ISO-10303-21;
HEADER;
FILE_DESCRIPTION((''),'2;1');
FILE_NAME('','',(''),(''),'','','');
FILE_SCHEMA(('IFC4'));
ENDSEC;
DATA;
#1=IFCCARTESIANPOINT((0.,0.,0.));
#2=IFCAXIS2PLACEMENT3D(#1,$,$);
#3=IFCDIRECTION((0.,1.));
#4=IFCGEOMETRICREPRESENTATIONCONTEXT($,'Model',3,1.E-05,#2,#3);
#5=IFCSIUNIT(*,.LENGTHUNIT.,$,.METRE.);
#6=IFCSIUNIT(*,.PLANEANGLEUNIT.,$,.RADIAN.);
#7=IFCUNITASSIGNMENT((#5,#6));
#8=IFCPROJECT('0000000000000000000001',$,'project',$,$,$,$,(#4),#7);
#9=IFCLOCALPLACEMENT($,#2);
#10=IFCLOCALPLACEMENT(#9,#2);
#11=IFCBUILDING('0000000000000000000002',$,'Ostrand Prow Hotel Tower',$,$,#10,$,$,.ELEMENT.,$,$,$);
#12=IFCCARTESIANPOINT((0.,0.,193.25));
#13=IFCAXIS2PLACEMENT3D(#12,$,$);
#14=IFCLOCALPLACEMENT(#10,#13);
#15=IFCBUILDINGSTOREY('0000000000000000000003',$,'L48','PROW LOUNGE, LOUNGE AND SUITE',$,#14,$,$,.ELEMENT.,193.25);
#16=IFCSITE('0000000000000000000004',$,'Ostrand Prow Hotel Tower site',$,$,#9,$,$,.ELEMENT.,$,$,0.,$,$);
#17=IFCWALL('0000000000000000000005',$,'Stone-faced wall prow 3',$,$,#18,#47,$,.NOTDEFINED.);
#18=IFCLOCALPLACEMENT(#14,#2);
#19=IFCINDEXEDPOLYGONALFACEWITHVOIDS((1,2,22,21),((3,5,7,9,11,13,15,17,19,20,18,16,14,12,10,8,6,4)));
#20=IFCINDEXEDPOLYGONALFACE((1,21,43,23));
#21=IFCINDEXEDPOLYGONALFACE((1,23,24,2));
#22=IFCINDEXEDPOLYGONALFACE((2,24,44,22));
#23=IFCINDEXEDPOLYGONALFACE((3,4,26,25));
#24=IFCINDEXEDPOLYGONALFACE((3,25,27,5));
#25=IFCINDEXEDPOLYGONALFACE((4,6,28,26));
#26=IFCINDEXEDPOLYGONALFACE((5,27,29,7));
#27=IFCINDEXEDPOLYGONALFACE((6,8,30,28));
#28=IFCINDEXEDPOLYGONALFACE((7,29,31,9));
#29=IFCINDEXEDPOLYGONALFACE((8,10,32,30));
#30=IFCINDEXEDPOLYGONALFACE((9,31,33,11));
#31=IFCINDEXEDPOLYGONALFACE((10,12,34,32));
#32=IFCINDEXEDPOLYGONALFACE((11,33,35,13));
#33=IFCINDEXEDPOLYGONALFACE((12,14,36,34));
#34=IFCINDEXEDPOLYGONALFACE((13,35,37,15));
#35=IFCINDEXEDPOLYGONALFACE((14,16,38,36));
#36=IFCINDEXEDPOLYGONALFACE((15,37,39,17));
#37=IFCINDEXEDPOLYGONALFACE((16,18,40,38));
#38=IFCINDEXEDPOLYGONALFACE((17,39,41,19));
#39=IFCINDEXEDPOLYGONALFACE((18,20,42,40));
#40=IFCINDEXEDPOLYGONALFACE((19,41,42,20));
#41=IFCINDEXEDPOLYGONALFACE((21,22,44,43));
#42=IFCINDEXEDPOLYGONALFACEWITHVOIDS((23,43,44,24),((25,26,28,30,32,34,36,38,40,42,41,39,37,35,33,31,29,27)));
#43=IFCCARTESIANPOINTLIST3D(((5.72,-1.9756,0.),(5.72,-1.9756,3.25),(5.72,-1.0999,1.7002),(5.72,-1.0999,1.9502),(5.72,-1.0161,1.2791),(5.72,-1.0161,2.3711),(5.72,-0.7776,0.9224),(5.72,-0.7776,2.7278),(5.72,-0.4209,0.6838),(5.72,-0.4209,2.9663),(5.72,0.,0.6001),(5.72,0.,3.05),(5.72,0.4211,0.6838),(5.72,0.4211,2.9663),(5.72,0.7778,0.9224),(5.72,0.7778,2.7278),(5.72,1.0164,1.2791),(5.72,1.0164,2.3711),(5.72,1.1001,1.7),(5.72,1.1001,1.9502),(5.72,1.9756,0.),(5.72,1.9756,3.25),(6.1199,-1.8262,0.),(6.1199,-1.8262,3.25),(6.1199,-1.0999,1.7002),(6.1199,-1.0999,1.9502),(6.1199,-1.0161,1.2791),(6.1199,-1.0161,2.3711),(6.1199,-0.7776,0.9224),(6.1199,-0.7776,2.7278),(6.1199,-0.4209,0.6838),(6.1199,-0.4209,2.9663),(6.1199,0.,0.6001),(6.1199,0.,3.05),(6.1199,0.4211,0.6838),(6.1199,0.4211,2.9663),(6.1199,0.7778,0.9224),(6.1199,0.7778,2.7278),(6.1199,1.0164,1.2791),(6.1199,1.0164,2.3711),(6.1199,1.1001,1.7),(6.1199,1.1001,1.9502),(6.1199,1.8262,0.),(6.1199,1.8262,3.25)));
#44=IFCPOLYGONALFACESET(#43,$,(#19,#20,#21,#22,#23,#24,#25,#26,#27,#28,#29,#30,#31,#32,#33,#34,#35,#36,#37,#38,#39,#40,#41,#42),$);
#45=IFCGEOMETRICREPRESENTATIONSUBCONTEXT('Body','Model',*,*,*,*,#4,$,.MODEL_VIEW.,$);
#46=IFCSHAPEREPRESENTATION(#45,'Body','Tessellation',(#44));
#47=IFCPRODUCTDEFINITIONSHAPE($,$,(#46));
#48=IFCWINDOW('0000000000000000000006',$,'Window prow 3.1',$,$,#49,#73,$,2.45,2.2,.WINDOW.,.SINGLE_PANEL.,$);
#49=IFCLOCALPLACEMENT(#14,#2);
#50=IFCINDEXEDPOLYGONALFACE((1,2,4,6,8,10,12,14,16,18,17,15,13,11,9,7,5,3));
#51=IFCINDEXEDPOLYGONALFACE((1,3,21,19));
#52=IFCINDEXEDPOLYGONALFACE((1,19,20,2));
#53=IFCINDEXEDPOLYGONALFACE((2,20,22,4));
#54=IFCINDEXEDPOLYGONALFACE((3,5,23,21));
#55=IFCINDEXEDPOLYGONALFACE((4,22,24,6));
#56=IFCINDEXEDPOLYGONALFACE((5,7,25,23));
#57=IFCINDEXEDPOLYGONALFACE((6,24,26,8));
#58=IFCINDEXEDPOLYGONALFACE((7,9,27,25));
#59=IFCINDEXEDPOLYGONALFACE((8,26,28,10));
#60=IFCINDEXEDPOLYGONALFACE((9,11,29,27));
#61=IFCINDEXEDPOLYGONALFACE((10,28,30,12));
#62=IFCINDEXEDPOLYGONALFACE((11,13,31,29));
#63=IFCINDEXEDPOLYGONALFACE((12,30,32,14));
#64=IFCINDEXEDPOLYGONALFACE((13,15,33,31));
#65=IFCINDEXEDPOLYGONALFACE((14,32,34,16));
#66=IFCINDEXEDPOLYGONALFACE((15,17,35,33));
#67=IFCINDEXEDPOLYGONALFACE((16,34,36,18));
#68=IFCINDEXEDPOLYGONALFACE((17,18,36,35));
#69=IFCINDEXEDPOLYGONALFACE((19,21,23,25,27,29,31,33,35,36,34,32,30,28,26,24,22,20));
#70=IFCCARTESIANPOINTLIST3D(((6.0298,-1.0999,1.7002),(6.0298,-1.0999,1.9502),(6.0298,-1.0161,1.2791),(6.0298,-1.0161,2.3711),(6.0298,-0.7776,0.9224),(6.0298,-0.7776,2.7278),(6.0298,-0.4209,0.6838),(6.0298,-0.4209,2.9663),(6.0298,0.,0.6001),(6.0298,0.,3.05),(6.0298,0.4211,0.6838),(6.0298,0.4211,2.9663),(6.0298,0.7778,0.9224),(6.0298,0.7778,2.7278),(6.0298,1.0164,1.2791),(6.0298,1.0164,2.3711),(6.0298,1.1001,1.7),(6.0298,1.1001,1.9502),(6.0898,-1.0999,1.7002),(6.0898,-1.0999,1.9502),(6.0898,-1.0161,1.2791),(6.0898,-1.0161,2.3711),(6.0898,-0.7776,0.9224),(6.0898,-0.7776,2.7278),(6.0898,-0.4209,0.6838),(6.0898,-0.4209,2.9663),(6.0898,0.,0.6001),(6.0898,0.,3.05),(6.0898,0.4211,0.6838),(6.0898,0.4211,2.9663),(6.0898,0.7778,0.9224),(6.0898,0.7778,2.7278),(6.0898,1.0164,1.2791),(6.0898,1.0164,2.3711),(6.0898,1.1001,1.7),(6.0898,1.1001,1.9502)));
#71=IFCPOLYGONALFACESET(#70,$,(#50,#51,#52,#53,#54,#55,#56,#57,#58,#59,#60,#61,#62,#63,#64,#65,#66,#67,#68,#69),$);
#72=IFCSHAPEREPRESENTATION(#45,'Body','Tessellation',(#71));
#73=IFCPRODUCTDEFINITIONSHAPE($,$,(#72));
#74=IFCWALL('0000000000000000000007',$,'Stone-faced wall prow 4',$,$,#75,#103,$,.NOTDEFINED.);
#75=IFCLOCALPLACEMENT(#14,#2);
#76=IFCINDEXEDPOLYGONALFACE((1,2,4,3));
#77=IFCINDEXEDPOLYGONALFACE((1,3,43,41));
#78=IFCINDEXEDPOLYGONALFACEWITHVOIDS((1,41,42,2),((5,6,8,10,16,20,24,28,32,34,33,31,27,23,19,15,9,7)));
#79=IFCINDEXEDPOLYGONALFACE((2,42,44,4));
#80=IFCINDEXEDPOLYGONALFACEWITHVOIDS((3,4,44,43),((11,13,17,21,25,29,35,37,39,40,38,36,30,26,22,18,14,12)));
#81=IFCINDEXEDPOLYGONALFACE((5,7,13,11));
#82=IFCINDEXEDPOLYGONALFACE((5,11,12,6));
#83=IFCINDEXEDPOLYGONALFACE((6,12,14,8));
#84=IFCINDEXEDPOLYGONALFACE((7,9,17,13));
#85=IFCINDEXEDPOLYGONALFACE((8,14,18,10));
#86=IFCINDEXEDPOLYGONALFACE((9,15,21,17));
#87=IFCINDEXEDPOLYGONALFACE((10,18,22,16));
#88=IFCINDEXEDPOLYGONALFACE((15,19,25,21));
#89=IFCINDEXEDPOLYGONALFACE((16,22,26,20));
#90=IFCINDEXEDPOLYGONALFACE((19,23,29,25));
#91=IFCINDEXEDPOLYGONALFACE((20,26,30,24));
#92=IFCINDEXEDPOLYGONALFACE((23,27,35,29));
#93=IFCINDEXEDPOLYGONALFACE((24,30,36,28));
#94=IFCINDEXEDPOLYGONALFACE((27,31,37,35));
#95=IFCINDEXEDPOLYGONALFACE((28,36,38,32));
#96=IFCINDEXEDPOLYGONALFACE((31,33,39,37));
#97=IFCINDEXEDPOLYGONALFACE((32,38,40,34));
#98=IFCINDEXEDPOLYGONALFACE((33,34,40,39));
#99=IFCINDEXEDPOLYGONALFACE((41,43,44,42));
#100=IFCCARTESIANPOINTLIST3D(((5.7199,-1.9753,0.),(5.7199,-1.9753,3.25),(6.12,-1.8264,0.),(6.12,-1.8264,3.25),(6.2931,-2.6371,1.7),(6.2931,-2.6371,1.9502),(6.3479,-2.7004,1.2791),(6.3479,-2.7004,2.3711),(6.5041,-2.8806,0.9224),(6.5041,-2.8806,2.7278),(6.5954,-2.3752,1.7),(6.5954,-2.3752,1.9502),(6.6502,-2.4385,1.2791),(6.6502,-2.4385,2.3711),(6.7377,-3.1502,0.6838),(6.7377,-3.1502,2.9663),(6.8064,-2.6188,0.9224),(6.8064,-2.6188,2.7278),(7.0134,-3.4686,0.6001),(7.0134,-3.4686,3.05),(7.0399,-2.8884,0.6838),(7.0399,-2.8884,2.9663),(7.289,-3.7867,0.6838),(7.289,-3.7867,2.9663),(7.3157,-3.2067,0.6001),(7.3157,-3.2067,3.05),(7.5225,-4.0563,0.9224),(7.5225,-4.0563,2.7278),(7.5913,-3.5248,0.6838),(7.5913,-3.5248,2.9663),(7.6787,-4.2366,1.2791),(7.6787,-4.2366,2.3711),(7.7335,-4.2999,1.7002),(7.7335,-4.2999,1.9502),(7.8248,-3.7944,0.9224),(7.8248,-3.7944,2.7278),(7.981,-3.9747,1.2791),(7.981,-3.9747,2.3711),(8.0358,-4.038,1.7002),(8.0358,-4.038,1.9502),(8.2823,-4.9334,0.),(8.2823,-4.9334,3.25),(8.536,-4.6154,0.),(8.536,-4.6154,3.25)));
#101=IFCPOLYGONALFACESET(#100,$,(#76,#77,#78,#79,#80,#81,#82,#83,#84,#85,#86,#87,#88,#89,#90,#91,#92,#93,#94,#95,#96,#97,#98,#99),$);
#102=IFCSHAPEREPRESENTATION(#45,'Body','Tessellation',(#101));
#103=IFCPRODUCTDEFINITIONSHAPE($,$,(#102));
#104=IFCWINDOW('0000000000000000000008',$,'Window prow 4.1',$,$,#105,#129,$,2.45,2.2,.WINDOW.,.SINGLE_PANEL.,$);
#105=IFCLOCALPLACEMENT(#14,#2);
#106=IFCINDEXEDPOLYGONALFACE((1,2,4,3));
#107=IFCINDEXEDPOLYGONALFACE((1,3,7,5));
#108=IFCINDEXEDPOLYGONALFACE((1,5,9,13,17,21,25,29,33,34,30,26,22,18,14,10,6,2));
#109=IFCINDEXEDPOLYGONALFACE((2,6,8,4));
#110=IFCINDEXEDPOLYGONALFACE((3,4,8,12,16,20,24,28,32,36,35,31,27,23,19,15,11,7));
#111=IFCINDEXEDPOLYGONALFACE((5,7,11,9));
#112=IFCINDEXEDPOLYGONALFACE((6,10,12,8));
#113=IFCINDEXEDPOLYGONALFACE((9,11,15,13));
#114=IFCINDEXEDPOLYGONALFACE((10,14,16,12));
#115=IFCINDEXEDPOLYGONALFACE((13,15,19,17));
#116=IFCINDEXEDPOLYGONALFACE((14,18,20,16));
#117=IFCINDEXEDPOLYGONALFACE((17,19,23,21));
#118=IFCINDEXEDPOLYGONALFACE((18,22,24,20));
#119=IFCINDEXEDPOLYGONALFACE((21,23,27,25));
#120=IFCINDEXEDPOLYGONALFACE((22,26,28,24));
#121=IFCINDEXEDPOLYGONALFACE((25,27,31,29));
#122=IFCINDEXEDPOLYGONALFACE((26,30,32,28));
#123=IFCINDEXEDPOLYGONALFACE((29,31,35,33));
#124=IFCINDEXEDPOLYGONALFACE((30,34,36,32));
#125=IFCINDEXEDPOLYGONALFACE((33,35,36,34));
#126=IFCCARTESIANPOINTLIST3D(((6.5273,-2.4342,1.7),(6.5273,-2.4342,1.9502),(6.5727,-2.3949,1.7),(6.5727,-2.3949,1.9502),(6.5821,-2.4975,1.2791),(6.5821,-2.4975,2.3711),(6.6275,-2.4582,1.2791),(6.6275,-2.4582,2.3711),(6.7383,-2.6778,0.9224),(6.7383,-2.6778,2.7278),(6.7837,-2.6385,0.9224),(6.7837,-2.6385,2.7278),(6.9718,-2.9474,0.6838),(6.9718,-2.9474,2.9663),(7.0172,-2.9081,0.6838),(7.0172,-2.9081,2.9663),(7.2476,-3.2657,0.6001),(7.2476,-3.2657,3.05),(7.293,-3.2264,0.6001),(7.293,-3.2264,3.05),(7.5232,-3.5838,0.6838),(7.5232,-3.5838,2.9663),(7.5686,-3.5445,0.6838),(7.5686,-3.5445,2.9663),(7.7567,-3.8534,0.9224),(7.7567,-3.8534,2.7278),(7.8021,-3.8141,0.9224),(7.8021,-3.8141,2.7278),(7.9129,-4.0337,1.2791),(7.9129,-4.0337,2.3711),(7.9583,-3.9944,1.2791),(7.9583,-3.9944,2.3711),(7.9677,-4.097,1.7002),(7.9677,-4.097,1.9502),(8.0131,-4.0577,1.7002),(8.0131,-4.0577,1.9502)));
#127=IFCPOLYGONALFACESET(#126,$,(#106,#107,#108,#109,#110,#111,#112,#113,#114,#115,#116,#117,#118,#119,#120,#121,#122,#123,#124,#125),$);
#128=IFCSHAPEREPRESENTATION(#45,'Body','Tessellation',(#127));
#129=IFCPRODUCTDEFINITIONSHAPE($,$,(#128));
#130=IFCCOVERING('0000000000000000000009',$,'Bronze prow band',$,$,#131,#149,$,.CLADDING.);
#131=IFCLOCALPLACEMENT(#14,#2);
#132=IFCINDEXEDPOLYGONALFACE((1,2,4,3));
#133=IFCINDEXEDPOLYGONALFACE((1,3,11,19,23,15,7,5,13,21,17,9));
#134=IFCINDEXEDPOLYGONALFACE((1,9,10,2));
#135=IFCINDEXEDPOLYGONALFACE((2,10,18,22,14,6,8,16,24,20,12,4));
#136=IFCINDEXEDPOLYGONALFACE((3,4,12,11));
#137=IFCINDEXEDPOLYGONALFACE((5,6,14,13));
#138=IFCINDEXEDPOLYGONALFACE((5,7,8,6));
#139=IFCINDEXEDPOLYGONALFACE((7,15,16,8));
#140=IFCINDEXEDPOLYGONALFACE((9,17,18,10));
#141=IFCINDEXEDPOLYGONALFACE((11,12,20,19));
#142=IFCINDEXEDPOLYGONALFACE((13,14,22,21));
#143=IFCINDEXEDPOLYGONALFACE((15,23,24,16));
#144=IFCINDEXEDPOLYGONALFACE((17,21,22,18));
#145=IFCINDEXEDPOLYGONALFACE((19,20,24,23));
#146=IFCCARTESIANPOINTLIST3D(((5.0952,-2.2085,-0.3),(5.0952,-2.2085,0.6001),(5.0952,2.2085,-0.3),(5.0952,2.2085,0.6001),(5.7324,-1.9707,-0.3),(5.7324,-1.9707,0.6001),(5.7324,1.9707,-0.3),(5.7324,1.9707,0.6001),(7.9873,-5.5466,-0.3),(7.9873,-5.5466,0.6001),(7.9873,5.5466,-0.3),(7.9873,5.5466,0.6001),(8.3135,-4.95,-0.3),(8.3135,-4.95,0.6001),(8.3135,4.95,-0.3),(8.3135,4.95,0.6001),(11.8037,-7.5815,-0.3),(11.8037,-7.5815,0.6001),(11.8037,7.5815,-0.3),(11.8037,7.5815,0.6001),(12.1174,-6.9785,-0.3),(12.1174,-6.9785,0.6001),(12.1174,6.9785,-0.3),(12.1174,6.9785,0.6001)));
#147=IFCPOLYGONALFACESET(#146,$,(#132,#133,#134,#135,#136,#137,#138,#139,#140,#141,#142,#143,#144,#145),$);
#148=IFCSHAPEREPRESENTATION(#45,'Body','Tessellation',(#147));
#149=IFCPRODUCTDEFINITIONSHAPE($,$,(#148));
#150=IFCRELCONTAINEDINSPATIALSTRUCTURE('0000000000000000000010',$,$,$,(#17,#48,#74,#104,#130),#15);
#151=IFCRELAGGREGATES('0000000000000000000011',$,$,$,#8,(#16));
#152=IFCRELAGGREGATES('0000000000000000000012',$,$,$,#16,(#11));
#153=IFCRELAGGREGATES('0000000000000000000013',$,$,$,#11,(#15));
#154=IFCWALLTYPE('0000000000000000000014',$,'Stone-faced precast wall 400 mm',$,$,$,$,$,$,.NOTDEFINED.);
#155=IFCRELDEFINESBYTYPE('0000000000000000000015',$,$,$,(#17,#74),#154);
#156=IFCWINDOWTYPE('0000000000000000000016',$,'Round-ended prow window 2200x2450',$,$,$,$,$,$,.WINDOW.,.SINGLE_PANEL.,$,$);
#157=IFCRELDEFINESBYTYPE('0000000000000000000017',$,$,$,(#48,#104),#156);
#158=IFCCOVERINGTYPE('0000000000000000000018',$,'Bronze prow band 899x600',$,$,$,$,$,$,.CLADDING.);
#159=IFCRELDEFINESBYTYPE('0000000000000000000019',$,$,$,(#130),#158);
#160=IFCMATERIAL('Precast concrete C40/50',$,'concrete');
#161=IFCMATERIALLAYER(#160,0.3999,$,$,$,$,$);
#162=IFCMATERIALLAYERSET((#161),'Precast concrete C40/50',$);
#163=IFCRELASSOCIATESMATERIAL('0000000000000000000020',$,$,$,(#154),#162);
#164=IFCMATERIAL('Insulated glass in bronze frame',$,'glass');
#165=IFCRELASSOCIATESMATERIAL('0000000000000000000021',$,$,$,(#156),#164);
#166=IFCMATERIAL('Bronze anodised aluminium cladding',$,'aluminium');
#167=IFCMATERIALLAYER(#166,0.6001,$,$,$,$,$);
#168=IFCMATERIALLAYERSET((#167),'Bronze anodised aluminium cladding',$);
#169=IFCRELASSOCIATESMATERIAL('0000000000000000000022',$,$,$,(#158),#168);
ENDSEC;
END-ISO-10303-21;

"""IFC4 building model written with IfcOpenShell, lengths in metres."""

from ifc_helpers import new_model, si_unit, direction, frame, origin, place, context, subcontext, project, spatial, polyline, outline, extrude, material, layer, layer_set, type_object, element, fill, save


model = new_model("IFC4")

# Units and contexts
model_context = context("Model", 3, precision=1e-05, world=origin(), true_north=direction((0.0, 1.0)))
body_context = subcontext(model_context, "Body", "Model", "MODEL_VIEW")
ifc_project = project(units=[si_unit("LENGTHUNIT", "METRE"), si_unit("PLANEANGLEUNIT", "RADIAN")], contexts=[model_context])

# Site, building, storey
site_placement = place(None, origin())
site = spatial("IfcSite", under=ifc_project, at=site_placement, Name="Ostrand Prow Hotel Tower site", CompositionType="ELEMENT", RefElevation=0.0)
building_placement = place(site_placement, origin())
building = spatial("IfcBuilding", under=site, at=building_placement, Name="Ostrand Prow Hotel Tower", CompositionType="ELEMENT")
storey_placement = place(building_placement, frame((0.0, 0.0, 193.25)))
storey = spatial("IfcBuildingStorey", under=building, at=storey_placement, Name="L48", Description="PROW LOUNGE, LOUNGE AND SUITE", CompositionType="ELEMENT", Elevation=193.25)

# Walls, openings, windows
ifc_material_1 = material(Name="Precast concrete C40/50", Category="concrete")
ifc_layer_1 = layer(ifc_material_1, 0.3999)
ifc_layer_set_1 = layer_set([ifc_layer_1], Name="Precast concrete C40/50")
wall_type = type_object("IfcWallType", Name="Stone-faced precast wall 400 mm", PredefinedType="NOTDEFINED", material=ifc_layer_set_1)
wall_1_placement = place(storey_placement, frame((5.9199, 1.9009, 0.0), z_axis=(0.0, 0.0, 1.0), x_axis=(0.0, -1.0, 0.0)))
wall_1 = element("IfcWall", 1, at=wall_1_placement, inside=storey, type_object=wall_type, Name="Stone-faced wall prow 3", PredefinedType="NOTDEFINED", context=body_context, shape_type="SweptSolid", body=[
    extrude(outline(polyline([(-0.0747, -0.2), (3.8765, -0.2), (3.7271, 0.2), (0.0747, 0.2), (-0.0747, -0.2)])), origin(), (0.0, 0.0, 1.0), 3.25),
])
opening_1_placement = place(wall_1_placement, frame((0.8008, 0.0, 0.6001)))
opening_1 = element("IfcOpeningElement", 2, at=opening_1_placement, cuts=wall_1, PredefinedType="OPENING", context=body_context, shape_type="SweptSolid", body=[
    extrude(outline(polyline([(0.0, 1.3501), (0.0837, 1.771), (0.3223, 2.1277), (0.679, 2.3662), (1.1001, 2.45), (1.521, 2.3662), (1.8777, 2.1277), (2.1162, 1.771), (2.2, 1.3501), (2.2, 1.1001), (2.1162, 0.679), (1.8777, 0.3223), (1.521, 0.0837), (1.1001, 0.0), (0.679, 0.0837), (0.3223, 0.3223), (0.0837, 0.679), (0.0, 1.0999), (0.0, 1.3501)])), frame((0.0, 0.21, 0.0), z_axis=(0.0, -1.0, 0.0), x_axis=(1.0, 0.0, 0.0)), (0.0, 0.0, 1.0), 0.4199),
])
ifc_material_2 = material(Name="Insulated glass in bronze frame", Category="glass")
window_type = type_object("IfcWindowType", Name="Round-ended prow window 2200x2450", PartitioningType="SINGLE_PANEL", PredefinedType="WINDOW", material=ifc_material_2)
window_1_placement = place(opening_1_placement, origin())
window_1 = element("IfcWindow", 3, at=window_1_placement, inside=storey, type_object=window_type, Name="Window prow 3.1", OverallHeight=2.45, OverallWidth=2.2, PartitioningType="SINGLE_PANEL", PredefinedType="WINDOW", context=body_context, shape_type="SweptSolid", body=[
    extrude(outline(polyline([(0.0, 1.3501), (0.0837, 1.771), (0.3223, 2.1277), (0.679, 2.3662), (1.1001, 2.45), (1.521, 2.3662), (1.8777, 2.1277), (2.1162, 1.771), (2.2, 1.3501), (2.2, 1.1001), (2.1162, 0.679), (1.8777, 0.3223), (1.521, 0.0837), (1.1001, 0.0), (0.679, 0.0837), (0.3223, 0.3223), (0.0837, 0.679), (0.0, 1.0999), (0.0, 1.3501)])), frame((0.0, 0.1699, 0.0), z_axis=(0.0, -1.0, 0.0), x_axis=(1.0, 0.0, 0.0)), (0.0, 0.0, 1.0), 0.0601),
])
fill(opening_1, window_1)
wall_2_placement = place(storey_placement, frame((5.9199, -1.9009, 0.0), z_axis=(0.0, 0.0, 1.0), x_axis=(0.654759, -0.755837, 0.0)))
wall_2 = element("IfcWall", 4, at=wall_2_placement, inside=storey, type_object=wall_type, Name="Stone-faced wall prow 4", PredefinedType="NOTDEFINED", context=body_context, shape_type="SweptSolid", body=[
    extrude(outline(polyline([(-0.0747, -0.2), (3.8389, -0.2), (3.7646, 0.2), (0.0747, 0.2), (-0.0747, -0.2)])), origin(), (0.0, 0.0, 1.0), 3.25),
])
opening_2_placement = place(wall_2_placement, frame((0.8008, 0.0, 0.6001)))
opening_2 = element("IfcOpeningElement", 5, at=opening_2_placement, cuts=wall_2, PredefinedType="OPENING", context=body_context, shape_type="SweptSolid", body=[
    extrude(outline(polyline([(0.0, 1.3501), (0.0837, 1.771), (0.3223, 2.1277), (0.679, 2.3662), (1.1001, 2.45), (1.521, 2.3662), (1.8777, 2.1277), (2.1162, 1.771), (2.2, 1.3501), (2.2, 1.1001), (2.1162, 0.679), (1.8777, 0.3223), (1.521, 0.0837), (1.1001, 0.0), (0.679, 0.0837), (0.3223, 0.3223), (0.0837, 0.679), (0.0, 1.0999), (0.0, 1.3501)])), frame((0.0, 0.21, 0.0), z_axis=(0.0, -1.0, 0.0), x_axis=(1.0, 0.0, 0.0)), (0.0, 0.0, 1.0), 0.4199),
])
window_2_placement = place(opening_2_placement, origin())
window_2 = element("IfcWindow", 6, at=window_2_placement, inside=storey, type_object=window_type, Name="Window prow 4.1", OverallHeight=2.45, OverallWidth=2.2, PartitioningType="SINGLE_PANEL", PredefinedType="WINDOW", context=body_context, shape_type="SweptSolid", body=[
    extrude(outline(polyline([(0.0, 1.3501), (0.0837, 1.771), (0.3223, 2.1277), (0.679, 2.3662), (1.1001, 2.45), (1.521, 2.3662), (1.8777, 2.1277), (2.1162, 1.771), (2.2, 1.3501), (2.2, 1.1001), (2.1162, 0.679), (1.8777, 0.3223), (1.521, 0.0837), (1.1001, 0.0), (0.679, 0.0837), (0.3223, 0.3223), (0.0837, 0.679), (0.0, 1.0999), (0.0, 1.3501)])), frame((0.0, 0.1699, 0.0), z_axis=(0.0, -1.0, 0.0), x_axis=(1.0, 0.0, 0.0)), (0.0, 0.0, 1.0), 0.0601),
])
fill(opening_2, window_2)

# Covering
ifc_material_3 = material(Name="Bronze anodised aluminium cladding", Category="aluminium")
ifc_layer_2 = layer(ifc_material_3, 0.6001)
ifc_layer_set_2 = layer_set([ifc_layer_2], Name="Bronze anodised aluminium cladding")
covering_type_1 = type_object("IfcCoveringType", Name="Bronze prow band 899x600", PredefinedType="CLADDING", material=ifc_layer_set_2)
covering_1_placement = place(storey_placement, frame((0.0, 0.0, -0.3)))
element("IfcCovering", 7, at=covering_1_placement, inside=storey, type_object=covering_type_1, Name="Bronze prow band", PredefinedType="CLADDING", context=body_context, shape_type="SweptSolid", body=[
    extrude(outline(polyline([(11.8037, 7.5815), (7.9873, 5.5466), (5.0952, 2.2085), (5.0952, -2.2085), (7.9873, -5.5466), (11.8037, -7.5815), (12.1174, -6.9785), (8.3135, -4.95), (5.7324, -1.9707), (5.7324, 1.9707), (8.3135, 4.95), (12.1174, 6.9785), (11.8037, 7.5815)])), origin(), (0.0, 0.0, 1.0), 0.9001),
])

save(model, "model.ifc")
